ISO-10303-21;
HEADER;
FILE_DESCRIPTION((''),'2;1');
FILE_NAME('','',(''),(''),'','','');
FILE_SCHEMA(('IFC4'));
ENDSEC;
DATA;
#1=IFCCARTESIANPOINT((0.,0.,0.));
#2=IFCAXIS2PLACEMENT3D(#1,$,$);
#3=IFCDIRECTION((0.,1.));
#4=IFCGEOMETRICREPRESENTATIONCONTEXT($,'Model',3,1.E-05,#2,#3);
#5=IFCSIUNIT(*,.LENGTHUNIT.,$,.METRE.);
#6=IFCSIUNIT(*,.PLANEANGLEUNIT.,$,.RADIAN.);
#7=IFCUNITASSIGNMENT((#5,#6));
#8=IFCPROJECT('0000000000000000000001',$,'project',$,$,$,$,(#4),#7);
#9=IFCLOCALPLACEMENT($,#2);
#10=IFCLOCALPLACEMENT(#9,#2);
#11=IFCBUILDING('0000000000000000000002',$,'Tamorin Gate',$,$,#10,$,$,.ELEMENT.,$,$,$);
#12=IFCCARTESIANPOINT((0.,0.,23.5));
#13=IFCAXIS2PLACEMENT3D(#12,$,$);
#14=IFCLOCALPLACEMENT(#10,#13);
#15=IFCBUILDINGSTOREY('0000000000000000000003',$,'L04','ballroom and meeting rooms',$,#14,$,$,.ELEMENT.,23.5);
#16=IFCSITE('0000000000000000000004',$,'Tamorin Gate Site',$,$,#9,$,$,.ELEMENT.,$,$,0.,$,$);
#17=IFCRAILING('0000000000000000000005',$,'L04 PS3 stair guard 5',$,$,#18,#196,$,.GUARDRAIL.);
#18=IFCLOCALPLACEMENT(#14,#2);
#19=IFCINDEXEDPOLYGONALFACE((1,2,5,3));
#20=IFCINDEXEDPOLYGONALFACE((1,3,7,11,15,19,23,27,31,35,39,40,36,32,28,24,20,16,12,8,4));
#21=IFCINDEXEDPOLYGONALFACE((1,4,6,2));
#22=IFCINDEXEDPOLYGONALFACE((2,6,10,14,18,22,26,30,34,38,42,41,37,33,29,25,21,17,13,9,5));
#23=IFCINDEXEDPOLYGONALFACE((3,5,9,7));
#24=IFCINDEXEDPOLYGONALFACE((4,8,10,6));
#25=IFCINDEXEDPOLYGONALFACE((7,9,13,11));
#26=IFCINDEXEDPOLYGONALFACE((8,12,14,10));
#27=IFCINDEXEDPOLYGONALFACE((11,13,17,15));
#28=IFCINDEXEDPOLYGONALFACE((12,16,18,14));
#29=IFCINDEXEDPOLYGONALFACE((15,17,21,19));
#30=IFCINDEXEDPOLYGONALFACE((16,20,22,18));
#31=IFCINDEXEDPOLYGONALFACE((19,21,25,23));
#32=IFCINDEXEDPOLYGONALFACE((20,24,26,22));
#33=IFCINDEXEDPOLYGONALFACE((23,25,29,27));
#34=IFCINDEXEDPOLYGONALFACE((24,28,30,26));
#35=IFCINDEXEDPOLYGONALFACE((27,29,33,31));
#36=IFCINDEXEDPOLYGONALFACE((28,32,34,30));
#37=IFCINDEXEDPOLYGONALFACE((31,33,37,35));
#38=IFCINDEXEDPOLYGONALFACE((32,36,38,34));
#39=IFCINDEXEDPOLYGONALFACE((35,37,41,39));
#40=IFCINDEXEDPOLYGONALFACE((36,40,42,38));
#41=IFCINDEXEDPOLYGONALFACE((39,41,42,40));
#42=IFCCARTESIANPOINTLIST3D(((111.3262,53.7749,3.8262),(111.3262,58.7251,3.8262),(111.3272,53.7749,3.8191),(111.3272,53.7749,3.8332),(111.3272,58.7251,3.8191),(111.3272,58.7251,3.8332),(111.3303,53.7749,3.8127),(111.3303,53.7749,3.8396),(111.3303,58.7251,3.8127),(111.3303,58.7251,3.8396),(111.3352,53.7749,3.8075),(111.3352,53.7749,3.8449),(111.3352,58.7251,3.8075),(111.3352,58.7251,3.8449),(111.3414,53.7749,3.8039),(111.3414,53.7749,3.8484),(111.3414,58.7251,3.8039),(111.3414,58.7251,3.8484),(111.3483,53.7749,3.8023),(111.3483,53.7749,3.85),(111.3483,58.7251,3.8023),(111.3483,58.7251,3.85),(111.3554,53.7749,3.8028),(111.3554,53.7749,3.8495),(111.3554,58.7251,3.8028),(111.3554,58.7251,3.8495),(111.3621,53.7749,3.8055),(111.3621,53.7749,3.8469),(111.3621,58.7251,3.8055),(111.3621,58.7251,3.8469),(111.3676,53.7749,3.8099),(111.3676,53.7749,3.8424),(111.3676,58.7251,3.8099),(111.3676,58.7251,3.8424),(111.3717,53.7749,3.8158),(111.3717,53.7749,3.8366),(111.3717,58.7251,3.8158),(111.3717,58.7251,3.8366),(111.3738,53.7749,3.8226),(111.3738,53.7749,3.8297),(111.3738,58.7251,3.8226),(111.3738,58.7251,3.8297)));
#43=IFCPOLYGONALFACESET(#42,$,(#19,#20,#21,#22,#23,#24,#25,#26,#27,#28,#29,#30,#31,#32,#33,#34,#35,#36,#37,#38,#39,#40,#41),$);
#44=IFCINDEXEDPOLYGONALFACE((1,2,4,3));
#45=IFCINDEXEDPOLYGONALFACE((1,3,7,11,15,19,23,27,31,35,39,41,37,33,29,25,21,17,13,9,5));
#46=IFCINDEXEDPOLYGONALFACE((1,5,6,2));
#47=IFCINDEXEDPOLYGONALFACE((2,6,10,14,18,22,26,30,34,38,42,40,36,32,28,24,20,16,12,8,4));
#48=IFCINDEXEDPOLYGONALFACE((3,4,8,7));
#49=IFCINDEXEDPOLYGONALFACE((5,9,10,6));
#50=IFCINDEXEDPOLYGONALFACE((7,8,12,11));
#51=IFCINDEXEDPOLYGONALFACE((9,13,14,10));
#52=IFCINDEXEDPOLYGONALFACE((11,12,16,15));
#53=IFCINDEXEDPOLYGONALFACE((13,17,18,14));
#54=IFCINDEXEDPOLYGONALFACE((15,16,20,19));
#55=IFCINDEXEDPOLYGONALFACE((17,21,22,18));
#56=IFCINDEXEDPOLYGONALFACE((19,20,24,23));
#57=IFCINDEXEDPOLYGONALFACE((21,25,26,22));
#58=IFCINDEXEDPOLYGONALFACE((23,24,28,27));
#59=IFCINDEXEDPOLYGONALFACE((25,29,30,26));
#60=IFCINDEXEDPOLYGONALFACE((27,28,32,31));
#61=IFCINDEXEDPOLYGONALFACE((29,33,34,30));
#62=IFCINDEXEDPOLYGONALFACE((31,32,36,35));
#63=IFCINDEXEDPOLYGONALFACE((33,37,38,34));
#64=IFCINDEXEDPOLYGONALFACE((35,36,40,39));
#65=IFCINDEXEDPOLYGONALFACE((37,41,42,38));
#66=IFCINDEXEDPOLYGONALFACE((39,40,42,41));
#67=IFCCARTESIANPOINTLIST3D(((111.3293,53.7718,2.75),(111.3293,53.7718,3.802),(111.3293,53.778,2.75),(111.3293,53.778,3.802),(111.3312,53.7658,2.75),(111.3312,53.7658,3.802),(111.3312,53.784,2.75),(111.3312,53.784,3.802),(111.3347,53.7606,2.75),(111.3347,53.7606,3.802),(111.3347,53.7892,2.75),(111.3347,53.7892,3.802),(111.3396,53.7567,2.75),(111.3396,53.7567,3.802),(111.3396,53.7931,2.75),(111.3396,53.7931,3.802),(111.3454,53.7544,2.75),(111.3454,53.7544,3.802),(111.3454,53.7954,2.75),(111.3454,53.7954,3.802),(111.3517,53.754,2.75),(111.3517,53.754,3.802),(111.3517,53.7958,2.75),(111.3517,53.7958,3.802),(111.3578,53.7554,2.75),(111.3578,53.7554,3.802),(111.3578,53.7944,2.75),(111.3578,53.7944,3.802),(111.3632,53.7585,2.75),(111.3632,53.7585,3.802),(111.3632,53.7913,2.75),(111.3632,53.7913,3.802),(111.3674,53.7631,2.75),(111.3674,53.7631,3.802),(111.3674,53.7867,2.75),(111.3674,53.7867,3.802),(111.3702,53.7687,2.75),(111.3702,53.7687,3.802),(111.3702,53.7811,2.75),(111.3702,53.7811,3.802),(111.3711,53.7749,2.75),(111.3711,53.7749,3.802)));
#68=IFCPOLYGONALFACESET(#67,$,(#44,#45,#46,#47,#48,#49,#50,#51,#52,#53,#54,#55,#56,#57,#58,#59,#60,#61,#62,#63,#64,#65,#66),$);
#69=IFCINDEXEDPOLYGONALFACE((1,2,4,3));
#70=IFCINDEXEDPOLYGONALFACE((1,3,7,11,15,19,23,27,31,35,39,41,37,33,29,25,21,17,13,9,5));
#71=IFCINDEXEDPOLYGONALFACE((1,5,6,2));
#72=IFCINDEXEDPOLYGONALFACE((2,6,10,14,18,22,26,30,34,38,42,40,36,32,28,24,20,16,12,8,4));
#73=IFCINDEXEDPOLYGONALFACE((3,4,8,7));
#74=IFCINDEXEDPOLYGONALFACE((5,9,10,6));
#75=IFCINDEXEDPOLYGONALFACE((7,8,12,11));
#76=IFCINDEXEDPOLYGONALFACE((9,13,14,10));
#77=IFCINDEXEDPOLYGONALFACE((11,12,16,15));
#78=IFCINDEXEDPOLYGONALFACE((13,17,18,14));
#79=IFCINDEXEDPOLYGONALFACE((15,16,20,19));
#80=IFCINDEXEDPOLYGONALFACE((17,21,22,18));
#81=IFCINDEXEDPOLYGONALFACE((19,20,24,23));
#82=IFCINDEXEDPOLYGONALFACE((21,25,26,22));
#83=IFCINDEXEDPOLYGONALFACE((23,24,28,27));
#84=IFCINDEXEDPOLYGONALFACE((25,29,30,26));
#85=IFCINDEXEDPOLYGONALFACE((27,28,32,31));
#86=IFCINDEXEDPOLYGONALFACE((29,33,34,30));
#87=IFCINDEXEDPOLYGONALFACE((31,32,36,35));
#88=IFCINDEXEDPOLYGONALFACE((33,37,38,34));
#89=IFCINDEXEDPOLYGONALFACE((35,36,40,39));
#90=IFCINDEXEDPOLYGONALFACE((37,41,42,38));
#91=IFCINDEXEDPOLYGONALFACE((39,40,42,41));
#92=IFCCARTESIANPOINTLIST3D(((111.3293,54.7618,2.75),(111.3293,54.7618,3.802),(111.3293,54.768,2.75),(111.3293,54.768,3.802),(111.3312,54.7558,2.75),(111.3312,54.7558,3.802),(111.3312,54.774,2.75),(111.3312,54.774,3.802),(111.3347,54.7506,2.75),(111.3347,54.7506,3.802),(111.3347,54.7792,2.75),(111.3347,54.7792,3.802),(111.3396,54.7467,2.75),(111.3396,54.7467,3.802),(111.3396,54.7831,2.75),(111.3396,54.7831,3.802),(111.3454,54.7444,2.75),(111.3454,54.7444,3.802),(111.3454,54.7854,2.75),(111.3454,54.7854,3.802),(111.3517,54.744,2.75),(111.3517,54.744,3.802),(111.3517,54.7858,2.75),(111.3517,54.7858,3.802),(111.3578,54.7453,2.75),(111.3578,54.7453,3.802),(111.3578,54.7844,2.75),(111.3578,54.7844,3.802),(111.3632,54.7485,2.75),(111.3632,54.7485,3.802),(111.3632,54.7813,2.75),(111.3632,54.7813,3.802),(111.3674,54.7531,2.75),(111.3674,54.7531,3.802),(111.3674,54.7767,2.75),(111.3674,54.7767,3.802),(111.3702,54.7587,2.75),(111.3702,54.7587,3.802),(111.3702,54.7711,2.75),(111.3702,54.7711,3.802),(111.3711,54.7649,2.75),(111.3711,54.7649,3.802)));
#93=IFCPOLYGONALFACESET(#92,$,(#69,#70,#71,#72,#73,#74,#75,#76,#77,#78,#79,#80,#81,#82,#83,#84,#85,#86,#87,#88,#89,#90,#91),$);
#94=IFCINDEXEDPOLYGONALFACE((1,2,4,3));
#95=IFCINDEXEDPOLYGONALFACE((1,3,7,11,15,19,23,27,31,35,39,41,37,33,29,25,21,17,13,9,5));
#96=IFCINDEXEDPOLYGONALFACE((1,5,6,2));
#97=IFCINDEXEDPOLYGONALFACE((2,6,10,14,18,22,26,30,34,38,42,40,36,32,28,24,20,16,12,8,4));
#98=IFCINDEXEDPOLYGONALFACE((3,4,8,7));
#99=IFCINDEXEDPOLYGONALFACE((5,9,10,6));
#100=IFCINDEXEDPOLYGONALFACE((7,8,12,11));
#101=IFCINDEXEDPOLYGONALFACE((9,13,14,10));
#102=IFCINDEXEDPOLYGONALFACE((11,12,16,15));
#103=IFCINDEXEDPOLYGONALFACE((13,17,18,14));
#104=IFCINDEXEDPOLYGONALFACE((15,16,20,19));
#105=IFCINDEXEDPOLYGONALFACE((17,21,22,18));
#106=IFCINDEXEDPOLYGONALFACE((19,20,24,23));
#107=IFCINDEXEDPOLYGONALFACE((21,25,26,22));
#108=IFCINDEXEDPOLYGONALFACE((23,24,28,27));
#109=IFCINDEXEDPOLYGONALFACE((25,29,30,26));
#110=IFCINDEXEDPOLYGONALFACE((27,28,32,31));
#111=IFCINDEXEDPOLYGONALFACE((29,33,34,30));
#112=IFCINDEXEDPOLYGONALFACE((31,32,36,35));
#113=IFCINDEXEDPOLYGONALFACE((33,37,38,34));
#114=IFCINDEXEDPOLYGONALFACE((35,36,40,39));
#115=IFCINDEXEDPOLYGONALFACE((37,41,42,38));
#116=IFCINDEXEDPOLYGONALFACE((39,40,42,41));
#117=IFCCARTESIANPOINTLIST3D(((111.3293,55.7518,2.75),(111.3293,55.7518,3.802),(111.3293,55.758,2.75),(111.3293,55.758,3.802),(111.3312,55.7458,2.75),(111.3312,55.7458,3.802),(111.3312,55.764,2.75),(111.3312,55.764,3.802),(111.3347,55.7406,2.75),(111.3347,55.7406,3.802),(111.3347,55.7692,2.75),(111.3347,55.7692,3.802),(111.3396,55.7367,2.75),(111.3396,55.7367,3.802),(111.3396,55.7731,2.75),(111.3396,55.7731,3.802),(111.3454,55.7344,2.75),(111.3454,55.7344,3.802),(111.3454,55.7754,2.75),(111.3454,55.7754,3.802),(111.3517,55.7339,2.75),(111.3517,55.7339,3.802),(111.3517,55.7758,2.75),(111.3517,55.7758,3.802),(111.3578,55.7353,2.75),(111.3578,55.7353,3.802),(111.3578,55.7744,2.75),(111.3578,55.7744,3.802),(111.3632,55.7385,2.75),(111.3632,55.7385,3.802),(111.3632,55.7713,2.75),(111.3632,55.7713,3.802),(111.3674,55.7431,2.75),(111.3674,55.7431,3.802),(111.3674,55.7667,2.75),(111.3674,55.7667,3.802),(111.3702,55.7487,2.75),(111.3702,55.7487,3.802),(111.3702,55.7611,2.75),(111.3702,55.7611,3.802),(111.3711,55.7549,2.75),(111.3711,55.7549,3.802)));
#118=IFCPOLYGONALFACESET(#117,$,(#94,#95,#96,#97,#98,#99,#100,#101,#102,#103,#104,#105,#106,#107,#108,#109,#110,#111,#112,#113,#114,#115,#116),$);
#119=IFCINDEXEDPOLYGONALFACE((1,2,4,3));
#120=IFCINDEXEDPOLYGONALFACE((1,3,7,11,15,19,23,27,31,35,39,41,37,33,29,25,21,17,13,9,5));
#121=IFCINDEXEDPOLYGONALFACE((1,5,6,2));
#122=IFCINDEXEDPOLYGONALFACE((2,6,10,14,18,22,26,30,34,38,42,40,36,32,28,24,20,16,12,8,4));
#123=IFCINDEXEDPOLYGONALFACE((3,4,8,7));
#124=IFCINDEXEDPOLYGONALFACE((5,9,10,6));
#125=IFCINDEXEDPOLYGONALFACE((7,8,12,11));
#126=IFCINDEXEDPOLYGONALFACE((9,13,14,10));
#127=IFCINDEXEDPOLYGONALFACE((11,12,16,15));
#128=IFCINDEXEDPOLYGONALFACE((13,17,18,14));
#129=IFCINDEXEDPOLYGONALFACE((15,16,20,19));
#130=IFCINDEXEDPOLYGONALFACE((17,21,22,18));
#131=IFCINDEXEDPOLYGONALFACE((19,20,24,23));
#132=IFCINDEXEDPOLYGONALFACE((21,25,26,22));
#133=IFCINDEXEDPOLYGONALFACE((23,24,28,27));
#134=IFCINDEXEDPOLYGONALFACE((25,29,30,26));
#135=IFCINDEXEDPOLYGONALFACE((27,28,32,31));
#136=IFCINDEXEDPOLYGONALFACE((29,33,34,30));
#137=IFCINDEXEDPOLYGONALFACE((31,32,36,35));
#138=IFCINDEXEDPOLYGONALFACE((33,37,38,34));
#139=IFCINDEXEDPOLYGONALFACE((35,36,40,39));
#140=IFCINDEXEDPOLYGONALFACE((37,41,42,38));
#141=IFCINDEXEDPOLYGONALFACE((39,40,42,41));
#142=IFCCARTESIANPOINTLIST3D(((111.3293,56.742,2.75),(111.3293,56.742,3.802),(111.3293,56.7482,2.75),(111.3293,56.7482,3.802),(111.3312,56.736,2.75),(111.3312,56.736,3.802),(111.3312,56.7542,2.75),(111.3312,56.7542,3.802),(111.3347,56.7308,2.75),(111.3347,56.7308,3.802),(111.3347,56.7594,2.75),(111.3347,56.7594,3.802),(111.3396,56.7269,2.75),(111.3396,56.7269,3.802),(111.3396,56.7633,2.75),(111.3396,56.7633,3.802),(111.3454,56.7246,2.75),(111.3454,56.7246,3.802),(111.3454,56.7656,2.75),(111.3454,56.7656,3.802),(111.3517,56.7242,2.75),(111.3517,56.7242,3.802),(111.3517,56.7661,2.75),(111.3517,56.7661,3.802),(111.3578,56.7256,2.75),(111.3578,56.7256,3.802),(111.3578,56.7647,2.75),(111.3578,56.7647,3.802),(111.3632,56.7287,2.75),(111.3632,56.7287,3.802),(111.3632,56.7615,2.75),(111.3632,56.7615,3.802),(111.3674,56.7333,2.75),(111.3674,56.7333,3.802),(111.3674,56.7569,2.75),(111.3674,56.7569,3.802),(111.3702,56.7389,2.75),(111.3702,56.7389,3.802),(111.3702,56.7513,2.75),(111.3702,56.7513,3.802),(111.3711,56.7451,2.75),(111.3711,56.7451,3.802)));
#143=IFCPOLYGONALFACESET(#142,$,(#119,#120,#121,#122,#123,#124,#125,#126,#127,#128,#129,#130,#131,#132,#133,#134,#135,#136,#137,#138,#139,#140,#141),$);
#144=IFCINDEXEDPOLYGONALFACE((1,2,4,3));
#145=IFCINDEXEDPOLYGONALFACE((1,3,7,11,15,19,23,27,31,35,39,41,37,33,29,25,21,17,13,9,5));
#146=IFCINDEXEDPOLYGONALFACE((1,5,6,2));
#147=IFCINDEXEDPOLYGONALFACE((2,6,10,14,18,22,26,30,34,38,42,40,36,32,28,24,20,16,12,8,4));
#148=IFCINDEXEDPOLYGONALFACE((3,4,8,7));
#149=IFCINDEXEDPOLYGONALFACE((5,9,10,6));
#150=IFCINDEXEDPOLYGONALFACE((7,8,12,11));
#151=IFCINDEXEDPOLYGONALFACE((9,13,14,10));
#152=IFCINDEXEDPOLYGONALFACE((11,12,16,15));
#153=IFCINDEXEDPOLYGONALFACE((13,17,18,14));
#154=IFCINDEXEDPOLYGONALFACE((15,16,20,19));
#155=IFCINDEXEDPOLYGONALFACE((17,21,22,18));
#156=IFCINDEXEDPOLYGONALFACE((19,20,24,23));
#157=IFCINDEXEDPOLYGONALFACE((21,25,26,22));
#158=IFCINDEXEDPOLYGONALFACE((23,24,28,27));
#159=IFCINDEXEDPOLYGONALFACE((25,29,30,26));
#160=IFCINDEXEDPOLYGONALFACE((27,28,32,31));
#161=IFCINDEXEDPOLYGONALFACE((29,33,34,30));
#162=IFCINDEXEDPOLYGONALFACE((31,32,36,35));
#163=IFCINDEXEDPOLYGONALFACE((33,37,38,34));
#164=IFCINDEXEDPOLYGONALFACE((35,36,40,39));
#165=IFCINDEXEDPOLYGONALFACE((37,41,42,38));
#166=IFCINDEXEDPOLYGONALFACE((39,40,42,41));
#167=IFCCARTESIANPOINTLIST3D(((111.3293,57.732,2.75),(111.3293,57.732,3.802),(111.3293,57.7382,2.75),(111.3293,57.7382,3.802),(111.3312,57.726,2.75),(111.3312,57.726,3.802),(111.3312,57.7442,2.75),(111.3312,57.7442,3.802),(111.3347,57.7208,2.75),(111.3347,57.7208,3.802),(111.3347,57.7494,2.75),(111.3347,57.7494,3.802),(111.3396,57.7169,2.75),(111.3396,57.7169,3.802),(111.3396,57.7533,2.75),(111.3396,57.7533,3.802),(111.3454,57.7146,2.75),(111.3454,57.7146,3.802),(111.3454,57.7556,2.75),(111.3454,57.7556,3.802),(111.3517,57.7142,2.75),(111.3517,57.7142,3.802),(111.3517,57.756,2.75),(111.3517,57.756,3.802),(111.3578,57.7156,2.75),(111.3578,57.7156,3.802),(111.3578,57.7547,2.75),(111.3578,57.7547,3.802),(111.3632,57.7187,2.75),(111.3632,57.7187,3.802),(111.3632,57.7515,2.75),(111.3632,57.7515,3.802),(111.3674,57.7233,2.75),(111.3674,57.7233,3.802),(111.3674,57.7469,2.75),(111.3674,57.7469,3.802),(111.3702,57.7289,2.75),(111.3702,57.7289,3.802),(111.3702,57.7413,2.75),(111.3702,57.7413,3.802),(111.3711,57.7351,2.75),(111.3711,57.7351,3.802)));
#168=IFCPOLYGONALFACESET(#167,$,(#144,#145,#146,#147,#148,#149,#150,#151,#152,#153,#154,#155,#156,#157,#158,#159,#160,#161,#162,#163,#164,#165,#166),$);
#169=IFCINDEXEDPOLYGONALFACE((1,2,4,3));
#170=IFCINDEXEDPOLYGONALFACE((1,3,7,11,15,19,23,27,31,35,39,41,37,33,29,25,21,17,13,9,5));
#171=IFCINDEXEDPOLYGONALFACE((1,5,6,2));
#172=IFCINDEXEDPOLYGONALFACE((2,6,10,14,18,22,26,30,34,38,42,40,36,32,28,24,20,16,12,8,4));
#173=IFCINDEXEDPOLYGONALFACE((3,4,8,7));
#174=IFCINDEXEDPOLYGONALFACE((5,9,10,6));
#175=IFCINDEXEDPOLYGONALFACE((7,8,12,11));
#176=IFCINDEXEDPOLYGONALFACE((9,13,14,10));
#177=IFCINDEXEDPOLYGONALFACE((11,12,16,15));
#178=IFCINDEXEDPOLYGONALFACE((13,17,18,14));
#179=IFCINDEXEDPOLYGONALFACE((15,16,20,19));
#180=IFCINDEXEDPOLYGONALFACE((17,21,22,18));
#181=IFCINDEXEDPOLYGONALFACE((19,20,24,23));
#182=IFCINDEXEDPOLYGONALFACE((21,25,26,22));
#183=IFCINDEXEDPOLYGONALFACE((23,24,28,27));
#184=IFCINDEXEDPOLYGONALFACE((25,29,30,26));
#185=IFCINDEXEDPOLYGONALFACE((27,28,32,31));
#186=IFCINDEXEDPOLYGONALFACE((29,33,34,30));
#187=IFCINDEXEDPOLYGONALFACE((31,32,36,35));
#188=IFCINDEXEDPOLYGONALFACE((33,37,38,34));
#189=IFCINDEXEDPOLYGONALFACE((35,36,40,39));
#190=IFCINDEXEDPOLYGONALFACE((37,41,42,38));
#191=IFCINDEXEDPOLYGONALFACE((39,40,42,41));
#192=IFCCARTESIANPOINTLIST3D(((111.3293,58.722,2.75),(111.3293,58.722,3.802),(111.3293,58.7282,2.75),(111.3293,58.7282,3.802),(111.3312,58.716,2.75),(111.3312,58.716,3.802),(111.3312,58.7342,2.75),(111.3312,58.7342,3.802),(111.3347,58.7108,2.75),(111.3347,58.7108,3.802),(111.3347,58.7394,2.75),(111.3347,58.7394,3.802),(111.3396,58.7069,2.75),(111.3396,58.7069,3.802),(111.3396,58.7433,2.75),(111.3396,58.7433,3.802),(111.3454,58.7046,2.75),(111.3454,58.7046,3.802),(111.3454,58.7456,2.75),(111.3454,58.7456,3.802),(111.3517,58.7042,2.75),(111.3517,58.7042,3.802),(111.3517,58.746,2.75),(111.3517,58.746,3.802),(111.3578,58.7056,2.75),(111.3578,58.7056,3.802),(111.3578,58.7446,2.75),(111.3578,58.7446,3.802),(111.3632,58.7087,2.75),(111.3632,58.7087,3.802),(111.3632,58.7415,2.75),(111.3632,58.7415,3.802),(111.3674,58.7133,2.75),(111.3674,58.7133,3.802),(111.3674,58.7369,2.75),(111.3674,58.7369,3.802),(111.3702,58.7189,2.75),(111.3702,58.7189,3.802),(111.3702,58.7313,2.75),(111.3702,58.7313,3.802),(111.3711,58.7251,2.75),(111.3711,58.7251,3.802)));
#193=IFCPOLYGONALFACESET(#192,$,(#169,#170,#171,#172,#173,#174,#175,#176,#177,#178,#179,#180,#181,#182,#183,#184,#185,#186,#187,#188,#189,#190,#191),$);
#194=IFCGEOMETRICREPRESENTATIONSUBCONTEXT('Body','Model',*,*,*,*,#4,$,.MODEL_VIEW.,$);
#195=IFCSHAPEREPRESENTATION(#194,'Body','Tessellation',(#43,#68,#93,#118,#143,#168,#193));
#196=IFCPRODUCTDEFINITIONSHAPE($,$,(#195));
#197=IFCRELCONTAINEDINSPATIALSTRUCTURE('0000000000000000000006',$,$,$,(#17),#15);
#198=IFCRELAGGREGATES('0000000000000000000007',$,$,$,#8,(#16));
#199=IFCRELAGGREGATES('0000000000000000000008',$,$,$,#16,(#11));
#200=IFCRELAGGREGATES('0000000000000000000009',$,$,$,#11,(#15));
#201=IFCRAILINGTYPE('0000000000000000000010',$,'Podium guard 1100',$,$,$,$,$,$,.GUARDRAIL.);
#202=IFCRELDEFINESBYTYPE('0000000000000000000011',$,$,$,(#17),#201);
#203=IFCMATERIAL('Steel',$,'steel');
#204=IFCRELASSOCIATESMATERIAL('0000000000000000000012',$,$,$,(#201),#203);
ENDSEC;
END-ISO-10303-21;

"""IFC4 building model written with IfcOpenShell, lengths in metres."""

from ifc_helpers import new_model, si_unit, direction, frame, origin, origin_2d, place, context, subcontext, project, spatial, circle, extrude, material, type_object, element, save


model = new_model("IFC4")

# Units and contexts
model_context = context("Model", 3, precision=1e-05, world=origin(), true_north=direction((0.0, 1.0)))
body_context = subcontext(model_context, "Body", "Model", "MODEL_VIEW")
ifc_project = project(units=[si_unit("LENGTHUNIT", "METRE"), si_unit("PLANEANGLEUNIT", "RADIAN")], contexts=[model_context])

# Site, building, storey
site_placement = place(None, origin())
site = spatial("IfcSite", under=ifc_project, at=site_placement, Name="Tamorin Gate Site", CompositionType="ELEMENT", RefElevation=0.0)
building_placement = place(site_placement, origin())
building = spatial("IfcBuilding", under=site, at=building_placement, Name="Tamorin Gate", CompositionType="ELEMENT")
storey_placement = place(building_placement, frame((0.0, 0.0, 23.5)))
storey = spatial("IfcBuildingStorey", under=building, at=storey_placement, Name="L04", Description="ballroom and meeting rooms", CompositionType="ELEMENT", Elevation=23.5)

# Railing
ifc_material_1 = material(Name="Steel", Category="steel")
railing_type_1 = type_object("IfcRailingType", Name="Podium guard 1100", PredefinedType="GUARDRAIL", material=ifc_material_1)
railing_1_placement = place(storey_placement, frame((111.3501, 53.7749, 2.75)))
element("IfcRailing", 1, at=railing_1_placement, inside=storey, type_object=railing_type_1, Name="L04 PS3 stair guard 5", PredefinedType="GUARDRAIL", context=body_context, shape_type="SweptSolid", body=[
    extrude(circle(Radius=0.0239, at=origin_2d()), frame((0.0, 0.0, 1.0762), z_axis=(0.0, 1.0, 0.0), x_axis=(-1.0, 0.0, 0.0)), (0.0, 0.0, 1.0), 4.9502),
    extrude(circle(Radius=0.021, at=origin_2d()), origin(), (0.0, 0.0, 1.0), 1.052),
    extrude(circle(Radius=0.021, at=origin_2d()), frame((0.0, 0.99, 0.0)), (0.0, 0.0, 1.0), 1.052),
    extrude(circle(Radius=0.021, at=origin_2d()), frame((0.0, 1.98, 0.0)), (0.0, 0.0, 1.0), 1.052),
    extrude(circle(Radius=0.021, at=origin_2d()), frame((0.0, 2.9702, 0.0)), (0.0, 0.0, 1.0), 1.052),
    extrude(circle(Radius=0.021, at=origin_2d()), frame((0.0, 3.9602, 0.0)), (0.0, 0.0, 1.0), 1.052),
    extrude(circle(Radius=0.021, at=origin_2d()), frame((0.0, 4.9502, 0.0)), (0.0, 0.0, 1.0), 1.052),
])

save(model, "model.ifc")
